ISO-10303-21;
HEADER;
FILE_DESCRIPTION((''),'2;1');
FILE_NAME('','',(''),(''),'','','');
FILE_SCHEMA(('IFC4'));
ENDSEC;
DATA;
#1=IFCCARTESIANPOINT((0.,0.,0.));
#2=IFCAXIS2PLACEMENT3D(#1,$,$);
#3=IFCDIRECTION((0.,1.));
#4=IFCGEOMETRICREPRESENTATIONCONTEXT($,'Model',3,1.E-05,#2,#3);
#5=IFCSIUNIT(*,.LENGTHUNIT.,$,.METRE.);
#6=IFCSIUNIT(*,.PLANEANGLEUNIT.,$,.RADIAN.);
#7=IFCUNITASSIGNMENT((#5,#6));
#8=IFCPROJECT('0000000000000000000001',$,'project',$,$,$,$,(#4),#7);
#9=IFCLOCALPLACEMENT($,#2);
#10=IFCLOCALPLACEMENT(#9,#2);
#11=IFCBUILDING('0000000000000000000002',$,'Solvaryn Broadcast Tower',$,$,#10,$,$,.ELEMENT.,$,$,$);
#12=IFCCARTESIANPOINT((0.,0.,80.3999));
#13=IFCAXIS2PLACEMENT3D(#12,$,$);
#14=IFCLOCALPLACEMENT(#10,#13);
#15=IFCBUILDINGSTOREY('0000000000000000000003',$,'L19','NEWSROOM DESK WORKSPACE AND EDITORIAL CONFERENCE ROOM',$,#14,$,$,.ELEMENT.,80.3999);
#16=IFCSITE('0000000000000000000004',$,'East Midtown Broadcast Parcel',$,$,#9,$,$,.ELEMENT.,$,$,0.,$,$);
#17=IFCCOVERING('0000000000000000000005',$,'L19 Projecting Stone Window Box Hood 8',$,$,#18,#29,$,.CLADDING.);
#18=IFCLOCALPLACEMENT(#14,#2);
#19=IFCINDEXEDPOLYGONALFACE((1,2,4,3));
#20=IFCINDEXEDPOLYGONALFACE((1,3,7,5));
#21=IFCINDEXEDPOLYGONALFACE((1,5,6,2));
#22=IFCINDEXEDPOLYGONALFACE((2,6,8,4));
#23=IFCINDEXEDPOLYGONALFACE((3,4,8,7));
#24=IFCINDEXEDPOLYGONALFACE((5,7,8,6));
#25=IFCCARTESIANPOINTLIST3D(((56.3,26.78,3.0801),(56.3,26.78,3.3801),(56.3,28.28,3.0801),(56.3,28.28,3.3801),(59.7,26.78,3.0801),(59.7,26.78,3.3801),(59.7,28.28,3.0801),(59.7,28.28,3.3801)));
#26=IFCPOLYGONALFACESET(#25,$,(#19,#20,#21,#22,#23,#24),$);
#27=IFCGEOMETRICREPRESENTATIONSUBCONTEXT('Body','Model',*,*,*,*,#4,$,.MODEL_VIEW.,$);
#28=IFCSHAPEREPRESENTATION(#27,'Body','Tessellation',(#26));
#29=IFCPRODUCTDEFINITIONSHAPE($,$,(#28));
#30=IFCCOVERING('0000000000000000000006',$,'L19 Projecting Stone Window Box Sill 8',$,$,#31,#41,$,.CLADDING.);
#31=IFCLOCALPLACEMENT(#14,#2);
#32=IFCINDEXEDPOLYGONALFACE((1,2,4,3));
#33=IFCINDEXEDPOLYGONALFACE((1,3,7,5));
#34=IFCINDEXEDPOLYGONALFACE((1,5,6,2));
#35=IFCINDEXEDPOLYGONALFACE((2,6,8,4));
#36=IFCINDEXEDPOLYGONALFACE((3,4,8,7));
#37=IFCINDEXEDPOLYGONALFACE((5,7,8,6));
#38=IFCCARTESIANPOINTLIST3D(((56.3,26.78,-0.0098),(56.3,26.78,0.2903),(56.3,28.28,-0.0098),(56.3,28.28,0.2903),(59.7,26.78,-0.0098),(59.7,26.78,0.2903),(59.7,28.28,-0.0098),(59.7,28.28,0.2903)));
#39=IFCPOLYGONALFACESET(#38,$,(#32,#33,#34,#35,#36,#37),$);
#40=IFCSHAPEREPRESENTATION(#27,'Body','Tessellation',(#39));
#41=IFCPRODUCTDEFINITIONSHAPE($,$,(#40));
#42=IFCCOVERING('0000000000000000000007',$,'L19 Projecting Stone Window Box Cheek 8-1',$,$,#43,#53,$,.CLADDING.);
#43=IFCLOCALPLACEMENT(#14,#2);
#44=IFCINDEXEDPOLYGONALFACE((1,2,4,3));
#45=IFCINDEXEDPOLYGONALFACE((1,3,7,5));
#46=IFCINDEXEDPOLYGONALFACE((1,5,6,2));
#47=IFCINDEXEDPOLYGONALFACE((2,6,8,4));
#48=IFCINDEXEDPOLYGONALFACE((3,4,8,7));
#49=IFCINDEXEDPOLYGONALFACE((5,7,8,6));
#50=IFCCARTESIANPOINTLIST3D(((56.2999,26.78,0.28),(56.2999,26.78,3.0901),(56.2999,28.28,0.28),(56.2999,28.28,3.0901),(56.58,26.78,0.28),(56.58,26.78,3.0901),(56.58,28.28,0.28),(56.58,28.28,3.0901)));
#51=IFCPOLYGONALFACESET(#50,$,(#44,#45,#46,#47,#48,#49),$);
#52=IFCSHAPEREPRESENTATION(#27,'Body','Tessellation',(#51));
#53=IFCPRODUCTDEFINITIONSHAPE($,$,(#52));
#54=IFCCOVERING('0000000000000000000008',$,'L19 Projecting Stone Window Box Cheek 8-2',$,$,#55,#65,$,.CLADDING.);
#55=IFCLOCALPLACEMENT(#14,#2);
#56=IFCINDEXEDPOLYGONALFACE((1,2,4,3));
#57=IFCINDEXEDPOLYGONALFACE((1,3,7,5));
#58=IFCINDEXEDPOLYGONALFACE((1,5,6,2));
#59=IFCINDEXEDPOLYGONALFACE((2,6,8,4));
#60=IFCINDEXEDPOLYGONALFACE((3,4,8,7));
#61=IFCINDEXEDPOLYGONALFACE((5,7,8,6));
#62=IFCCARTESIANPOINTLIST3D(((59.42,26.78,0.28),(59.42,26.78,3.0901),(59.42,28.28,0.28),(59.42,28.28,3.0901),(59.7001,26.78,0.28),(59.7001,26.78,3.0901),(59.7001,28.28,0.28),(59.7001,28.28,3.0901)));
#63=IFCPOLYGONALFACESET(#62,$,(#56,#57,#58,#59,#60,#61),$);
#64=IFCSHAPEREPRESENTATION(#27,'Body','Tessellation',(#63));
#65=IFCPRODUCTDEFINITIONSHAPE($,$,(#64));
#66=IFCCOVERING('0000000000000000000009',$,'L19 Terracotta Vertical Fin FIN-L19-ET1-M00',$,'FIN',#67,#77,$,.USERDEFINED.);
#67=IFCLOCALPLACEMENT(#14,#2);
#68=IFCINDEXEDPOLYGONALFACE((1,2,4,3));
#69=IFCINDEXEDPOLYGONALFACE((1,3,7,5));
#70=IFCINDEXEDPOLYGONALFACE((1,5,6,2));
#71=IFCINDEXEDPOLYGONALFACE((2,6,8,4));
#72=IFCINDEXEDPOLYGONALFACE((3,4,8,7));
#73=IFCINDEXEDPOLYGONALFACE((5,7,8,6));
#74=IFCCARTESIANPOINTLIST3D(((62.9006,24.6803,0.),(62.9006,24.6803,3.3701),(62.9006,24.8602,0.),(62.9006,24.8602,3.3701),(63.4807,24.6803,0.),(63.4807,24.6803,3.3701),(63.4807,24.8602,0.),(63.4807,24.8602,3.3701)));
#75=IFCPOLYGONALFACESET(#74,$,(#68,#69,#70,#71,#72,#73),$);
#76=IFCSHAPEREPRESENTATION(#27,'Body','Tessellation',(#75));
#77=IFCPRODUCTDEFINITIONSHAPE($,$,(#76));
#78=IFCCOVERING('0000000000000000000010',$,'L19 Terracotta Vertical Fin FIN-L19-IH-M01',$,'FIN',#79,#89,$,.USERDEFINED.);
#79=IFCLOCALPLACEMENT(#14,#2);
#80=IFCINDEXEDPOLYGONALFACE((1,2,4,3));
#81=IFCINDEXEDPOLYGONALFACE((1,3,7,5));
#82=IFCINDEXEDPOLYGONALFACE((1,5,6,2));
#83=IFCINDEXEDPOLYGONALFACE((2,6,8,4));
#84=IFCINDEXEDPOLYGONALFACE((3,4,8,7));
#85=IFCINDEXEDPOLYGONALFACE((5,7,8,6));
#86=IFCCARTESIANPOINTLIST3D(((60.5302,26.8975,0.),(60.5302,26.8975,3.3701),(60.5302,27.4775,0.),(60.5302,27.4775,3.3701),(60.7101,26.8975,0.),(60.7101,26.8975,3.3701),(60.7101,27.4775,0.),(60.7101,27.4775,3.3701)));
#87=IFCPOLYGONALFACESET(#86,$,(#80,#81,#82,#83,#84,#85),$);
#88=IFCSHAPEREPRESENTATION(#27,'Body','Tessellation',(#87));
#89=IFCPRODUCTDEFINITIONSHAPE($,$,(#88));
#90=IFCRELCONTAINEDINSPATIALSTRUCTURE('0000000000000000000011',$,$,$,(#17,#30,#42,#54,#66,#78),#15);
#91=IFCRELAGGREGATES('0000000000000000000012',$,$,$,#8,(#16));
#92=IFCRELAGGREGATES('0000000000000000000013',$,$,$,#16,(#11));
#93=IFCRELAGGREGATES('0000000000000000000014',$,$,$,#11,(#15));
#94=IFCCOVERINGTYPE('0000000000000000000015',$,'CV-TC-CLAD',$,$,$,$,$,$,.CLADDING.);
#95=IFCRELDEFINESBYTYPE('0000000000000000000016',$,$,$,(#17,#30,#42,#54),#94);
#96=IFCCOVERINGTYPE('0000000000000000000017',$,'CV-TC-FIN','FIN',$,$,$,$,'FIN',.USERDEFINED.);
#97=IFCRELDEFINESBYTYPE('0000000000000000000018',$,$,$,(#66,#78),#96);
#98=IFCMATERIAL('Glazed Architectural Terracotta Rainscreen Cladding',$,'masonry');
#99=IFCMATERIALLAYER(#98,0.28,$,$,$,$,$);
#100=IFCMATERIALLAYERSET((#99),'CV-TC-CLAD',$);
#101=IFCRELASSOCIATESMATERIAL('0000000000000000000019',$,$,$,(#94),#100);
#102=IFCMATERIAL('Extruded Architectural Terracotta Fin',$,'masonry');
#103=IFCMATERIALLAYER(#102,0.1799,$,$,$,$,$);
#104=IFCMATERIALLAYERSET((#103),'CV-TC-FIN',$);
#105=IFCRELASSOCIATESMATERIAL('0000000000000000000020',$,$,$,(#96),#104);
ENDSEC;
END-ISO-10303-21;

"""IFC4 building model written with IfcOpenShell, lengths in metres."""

from ifc_helpers import new_model, si_unit, direction, frame, origin, origin_2d, place, context, subcontext, project, spatial, rectangle, extrude, material, layer, layer_set, type_object, element, save


model = new_model("IFC4")

# Units and contexts
model_context = context("Model", 3, precision=1e-05, world=origin(), true_north=direction((0.0, 1.0)))
body_context = subcontext(model_context, "Body", "Model", "MODEL_VIEW")
ifc_project = project(units=[si_unit("LENGTHUNIT", "METRE"), si_unit("PLANEANGLEUNIT", "RADIAN")], contexts=[model_context])

# Site, building, storey
site_placement = place(None, origin())
site = spatial("IfcSite", under=ifc_project, at=site_placement, Name="East Midtown Broadcast Parcel", CompositionType="ELEMENT", RefElevation=0.0)
building_placement = place(site_placement, origin())
building = spatial("IfcBuilding", under=site, at=building_placement, Name="Solvaryn Broadcast Tower", CompositionType="ELEMENT")
storey_placement = place(building_placement, frame((0.0, 0.0, 80.3999)))
storey = spatial("IfcBuildingStorey", under=building, at=storey_placement, Name="L19", Description="NEWSROOM DESK WORKSPACE AND EDITORIAL CONFERENCE ROOM", CompositionType="ELEMENT", Elevation=80.3999)

# Coverings
ifc_material_1 = material(Name="Glazed Architectural Terracotta Rainscreen Cladding", Category="masonry")
ifc_layer_1 = layer(ifc_material_1, 0.28)
ifc_layer_set_1 = layer_set([ifc_layer_1], Name="CV-TC-CLAD")
covering_type_1 = type_object("IfcCoveringType", Name="CV-TC-CLAD", PredefinedType="CLADDING", material=ifc_layer_set_1)
for number, where, z_axis, x_axis, name in (
    (1, (58.0, 27.53, 3.0801), (0.0, 0.0, 1.0), (1.0, 0.0, 0.0), "L19 Projecting Stone Window Box Hood 8"),
    (2, (58.0, 27.53, -0.0098), (0.0, 0.0, 1.0), (1.0, 0.0, 0.0), "L19 Projecting Stone Window Box Sill 8"),
):
    element("IfcCovering", number, at=place(storey_placement, frame(where, z_axis=z_axis, x_axis=x_axis)), inside=storey, type_object=covering_type_1, Name=name, PredefinedType="CLADDING", context=body_context, shape_type="SweptSolid", body=[
        extrude(rectangle(XDim=3.3999, YDim=1.5, at=origin_2d()), origin(), (0.0, 0.0, 1.0), 0.3),
    ])
for number, where, z_axis, x_axis, name in (
    (3, (56.4399, 27.53, 0.28), (0.0, 0.0, 1.0), (1.0, 0.0, 0.0), "L19 Projecting Stone Window Box Cheek 8-1"),
    (4, (59.5601, 27.53, 0.28), (0.0, 0.0, 1.0), (1.0, 0.0, 0.0), "L19 Projecting Stone Window Box Cheek 8-2"),
):
    element("IfcCovering", number, at=place(storey_placement, frame(where, z_axis=z_axis, x_axis=x_axis)), inside=storey, type_object=covering_type_1, Name=name, PredefinedType="CLADDING", context=body_context, shape_type="SweptSolid", body=[
        extrude(rectangle(XDim=0.28, YDim=1.5, at=origin_2d()), origin(), (0.0, 0.0, 1.0), 2.8101),
    ])
ifc_material_2 = material(Name="Extruded Architectural Terracotta Fin", Category="masonry")
ifc_layer_2 = layer(ifc_material_2, 0.1799)
ifc_layer_set_2 = layer_set([ifc_layer_2], Name="CV-TC-FIN")
covering_type_2 = type_object("IfcCoveringType", Name="CV-TC-FIN", Description="FIN", ElementType="FIN", PredefinedType="USERDEFINED", material=ifc_layer_set_2)
covering_1_placement = place(storey_placement, frame((63.1907, 24.7703, 0.0), z_axis=(0.0, 0.0, 1.0), x_axis=(1.0, 0.0, 0.0)))
element("IfcCovering", 5, at=covering_1_placement, inside=storey, type_object=covering_type_2, Name="L19 Terracotta Vertical Fin FIN-L19-ET1-M00", ObjectType="FIN", PredefinedType="USERDEFINED", context=body_context, shape_type="SweptSolid", body=[
    extrude(rectangle(XDim=0.5801, YDim=0.1799, at=origin_2d()), origin(), (0.0, 0.0, 1.0), 3.3701),
])
covering_2_placement = place(storey_placement, frame((60.6201, 27.1875, 0.0), z_axis=(0.0, 0.0, 1.0), x_axis=(1.0, 0.0, 0.0)))
element("IfcCovering", 6, at=covering_2_placement, inside=storey, type_object=covering_type_2, Name="L19 Terracotta Vertical Fin FIN-L19-IH-M01", ObjectType="FIN", PredefinedType="USERDEFINED", context=body_context, shape_type="SweptSolid", body=[
    extrude(rectangle(XDim=0.1799, YDim=0.5801, at=origin_2d()), origin(), (0.0, 0.0, 1.0), 3.3701),
])

save(model, "model.ifc")
